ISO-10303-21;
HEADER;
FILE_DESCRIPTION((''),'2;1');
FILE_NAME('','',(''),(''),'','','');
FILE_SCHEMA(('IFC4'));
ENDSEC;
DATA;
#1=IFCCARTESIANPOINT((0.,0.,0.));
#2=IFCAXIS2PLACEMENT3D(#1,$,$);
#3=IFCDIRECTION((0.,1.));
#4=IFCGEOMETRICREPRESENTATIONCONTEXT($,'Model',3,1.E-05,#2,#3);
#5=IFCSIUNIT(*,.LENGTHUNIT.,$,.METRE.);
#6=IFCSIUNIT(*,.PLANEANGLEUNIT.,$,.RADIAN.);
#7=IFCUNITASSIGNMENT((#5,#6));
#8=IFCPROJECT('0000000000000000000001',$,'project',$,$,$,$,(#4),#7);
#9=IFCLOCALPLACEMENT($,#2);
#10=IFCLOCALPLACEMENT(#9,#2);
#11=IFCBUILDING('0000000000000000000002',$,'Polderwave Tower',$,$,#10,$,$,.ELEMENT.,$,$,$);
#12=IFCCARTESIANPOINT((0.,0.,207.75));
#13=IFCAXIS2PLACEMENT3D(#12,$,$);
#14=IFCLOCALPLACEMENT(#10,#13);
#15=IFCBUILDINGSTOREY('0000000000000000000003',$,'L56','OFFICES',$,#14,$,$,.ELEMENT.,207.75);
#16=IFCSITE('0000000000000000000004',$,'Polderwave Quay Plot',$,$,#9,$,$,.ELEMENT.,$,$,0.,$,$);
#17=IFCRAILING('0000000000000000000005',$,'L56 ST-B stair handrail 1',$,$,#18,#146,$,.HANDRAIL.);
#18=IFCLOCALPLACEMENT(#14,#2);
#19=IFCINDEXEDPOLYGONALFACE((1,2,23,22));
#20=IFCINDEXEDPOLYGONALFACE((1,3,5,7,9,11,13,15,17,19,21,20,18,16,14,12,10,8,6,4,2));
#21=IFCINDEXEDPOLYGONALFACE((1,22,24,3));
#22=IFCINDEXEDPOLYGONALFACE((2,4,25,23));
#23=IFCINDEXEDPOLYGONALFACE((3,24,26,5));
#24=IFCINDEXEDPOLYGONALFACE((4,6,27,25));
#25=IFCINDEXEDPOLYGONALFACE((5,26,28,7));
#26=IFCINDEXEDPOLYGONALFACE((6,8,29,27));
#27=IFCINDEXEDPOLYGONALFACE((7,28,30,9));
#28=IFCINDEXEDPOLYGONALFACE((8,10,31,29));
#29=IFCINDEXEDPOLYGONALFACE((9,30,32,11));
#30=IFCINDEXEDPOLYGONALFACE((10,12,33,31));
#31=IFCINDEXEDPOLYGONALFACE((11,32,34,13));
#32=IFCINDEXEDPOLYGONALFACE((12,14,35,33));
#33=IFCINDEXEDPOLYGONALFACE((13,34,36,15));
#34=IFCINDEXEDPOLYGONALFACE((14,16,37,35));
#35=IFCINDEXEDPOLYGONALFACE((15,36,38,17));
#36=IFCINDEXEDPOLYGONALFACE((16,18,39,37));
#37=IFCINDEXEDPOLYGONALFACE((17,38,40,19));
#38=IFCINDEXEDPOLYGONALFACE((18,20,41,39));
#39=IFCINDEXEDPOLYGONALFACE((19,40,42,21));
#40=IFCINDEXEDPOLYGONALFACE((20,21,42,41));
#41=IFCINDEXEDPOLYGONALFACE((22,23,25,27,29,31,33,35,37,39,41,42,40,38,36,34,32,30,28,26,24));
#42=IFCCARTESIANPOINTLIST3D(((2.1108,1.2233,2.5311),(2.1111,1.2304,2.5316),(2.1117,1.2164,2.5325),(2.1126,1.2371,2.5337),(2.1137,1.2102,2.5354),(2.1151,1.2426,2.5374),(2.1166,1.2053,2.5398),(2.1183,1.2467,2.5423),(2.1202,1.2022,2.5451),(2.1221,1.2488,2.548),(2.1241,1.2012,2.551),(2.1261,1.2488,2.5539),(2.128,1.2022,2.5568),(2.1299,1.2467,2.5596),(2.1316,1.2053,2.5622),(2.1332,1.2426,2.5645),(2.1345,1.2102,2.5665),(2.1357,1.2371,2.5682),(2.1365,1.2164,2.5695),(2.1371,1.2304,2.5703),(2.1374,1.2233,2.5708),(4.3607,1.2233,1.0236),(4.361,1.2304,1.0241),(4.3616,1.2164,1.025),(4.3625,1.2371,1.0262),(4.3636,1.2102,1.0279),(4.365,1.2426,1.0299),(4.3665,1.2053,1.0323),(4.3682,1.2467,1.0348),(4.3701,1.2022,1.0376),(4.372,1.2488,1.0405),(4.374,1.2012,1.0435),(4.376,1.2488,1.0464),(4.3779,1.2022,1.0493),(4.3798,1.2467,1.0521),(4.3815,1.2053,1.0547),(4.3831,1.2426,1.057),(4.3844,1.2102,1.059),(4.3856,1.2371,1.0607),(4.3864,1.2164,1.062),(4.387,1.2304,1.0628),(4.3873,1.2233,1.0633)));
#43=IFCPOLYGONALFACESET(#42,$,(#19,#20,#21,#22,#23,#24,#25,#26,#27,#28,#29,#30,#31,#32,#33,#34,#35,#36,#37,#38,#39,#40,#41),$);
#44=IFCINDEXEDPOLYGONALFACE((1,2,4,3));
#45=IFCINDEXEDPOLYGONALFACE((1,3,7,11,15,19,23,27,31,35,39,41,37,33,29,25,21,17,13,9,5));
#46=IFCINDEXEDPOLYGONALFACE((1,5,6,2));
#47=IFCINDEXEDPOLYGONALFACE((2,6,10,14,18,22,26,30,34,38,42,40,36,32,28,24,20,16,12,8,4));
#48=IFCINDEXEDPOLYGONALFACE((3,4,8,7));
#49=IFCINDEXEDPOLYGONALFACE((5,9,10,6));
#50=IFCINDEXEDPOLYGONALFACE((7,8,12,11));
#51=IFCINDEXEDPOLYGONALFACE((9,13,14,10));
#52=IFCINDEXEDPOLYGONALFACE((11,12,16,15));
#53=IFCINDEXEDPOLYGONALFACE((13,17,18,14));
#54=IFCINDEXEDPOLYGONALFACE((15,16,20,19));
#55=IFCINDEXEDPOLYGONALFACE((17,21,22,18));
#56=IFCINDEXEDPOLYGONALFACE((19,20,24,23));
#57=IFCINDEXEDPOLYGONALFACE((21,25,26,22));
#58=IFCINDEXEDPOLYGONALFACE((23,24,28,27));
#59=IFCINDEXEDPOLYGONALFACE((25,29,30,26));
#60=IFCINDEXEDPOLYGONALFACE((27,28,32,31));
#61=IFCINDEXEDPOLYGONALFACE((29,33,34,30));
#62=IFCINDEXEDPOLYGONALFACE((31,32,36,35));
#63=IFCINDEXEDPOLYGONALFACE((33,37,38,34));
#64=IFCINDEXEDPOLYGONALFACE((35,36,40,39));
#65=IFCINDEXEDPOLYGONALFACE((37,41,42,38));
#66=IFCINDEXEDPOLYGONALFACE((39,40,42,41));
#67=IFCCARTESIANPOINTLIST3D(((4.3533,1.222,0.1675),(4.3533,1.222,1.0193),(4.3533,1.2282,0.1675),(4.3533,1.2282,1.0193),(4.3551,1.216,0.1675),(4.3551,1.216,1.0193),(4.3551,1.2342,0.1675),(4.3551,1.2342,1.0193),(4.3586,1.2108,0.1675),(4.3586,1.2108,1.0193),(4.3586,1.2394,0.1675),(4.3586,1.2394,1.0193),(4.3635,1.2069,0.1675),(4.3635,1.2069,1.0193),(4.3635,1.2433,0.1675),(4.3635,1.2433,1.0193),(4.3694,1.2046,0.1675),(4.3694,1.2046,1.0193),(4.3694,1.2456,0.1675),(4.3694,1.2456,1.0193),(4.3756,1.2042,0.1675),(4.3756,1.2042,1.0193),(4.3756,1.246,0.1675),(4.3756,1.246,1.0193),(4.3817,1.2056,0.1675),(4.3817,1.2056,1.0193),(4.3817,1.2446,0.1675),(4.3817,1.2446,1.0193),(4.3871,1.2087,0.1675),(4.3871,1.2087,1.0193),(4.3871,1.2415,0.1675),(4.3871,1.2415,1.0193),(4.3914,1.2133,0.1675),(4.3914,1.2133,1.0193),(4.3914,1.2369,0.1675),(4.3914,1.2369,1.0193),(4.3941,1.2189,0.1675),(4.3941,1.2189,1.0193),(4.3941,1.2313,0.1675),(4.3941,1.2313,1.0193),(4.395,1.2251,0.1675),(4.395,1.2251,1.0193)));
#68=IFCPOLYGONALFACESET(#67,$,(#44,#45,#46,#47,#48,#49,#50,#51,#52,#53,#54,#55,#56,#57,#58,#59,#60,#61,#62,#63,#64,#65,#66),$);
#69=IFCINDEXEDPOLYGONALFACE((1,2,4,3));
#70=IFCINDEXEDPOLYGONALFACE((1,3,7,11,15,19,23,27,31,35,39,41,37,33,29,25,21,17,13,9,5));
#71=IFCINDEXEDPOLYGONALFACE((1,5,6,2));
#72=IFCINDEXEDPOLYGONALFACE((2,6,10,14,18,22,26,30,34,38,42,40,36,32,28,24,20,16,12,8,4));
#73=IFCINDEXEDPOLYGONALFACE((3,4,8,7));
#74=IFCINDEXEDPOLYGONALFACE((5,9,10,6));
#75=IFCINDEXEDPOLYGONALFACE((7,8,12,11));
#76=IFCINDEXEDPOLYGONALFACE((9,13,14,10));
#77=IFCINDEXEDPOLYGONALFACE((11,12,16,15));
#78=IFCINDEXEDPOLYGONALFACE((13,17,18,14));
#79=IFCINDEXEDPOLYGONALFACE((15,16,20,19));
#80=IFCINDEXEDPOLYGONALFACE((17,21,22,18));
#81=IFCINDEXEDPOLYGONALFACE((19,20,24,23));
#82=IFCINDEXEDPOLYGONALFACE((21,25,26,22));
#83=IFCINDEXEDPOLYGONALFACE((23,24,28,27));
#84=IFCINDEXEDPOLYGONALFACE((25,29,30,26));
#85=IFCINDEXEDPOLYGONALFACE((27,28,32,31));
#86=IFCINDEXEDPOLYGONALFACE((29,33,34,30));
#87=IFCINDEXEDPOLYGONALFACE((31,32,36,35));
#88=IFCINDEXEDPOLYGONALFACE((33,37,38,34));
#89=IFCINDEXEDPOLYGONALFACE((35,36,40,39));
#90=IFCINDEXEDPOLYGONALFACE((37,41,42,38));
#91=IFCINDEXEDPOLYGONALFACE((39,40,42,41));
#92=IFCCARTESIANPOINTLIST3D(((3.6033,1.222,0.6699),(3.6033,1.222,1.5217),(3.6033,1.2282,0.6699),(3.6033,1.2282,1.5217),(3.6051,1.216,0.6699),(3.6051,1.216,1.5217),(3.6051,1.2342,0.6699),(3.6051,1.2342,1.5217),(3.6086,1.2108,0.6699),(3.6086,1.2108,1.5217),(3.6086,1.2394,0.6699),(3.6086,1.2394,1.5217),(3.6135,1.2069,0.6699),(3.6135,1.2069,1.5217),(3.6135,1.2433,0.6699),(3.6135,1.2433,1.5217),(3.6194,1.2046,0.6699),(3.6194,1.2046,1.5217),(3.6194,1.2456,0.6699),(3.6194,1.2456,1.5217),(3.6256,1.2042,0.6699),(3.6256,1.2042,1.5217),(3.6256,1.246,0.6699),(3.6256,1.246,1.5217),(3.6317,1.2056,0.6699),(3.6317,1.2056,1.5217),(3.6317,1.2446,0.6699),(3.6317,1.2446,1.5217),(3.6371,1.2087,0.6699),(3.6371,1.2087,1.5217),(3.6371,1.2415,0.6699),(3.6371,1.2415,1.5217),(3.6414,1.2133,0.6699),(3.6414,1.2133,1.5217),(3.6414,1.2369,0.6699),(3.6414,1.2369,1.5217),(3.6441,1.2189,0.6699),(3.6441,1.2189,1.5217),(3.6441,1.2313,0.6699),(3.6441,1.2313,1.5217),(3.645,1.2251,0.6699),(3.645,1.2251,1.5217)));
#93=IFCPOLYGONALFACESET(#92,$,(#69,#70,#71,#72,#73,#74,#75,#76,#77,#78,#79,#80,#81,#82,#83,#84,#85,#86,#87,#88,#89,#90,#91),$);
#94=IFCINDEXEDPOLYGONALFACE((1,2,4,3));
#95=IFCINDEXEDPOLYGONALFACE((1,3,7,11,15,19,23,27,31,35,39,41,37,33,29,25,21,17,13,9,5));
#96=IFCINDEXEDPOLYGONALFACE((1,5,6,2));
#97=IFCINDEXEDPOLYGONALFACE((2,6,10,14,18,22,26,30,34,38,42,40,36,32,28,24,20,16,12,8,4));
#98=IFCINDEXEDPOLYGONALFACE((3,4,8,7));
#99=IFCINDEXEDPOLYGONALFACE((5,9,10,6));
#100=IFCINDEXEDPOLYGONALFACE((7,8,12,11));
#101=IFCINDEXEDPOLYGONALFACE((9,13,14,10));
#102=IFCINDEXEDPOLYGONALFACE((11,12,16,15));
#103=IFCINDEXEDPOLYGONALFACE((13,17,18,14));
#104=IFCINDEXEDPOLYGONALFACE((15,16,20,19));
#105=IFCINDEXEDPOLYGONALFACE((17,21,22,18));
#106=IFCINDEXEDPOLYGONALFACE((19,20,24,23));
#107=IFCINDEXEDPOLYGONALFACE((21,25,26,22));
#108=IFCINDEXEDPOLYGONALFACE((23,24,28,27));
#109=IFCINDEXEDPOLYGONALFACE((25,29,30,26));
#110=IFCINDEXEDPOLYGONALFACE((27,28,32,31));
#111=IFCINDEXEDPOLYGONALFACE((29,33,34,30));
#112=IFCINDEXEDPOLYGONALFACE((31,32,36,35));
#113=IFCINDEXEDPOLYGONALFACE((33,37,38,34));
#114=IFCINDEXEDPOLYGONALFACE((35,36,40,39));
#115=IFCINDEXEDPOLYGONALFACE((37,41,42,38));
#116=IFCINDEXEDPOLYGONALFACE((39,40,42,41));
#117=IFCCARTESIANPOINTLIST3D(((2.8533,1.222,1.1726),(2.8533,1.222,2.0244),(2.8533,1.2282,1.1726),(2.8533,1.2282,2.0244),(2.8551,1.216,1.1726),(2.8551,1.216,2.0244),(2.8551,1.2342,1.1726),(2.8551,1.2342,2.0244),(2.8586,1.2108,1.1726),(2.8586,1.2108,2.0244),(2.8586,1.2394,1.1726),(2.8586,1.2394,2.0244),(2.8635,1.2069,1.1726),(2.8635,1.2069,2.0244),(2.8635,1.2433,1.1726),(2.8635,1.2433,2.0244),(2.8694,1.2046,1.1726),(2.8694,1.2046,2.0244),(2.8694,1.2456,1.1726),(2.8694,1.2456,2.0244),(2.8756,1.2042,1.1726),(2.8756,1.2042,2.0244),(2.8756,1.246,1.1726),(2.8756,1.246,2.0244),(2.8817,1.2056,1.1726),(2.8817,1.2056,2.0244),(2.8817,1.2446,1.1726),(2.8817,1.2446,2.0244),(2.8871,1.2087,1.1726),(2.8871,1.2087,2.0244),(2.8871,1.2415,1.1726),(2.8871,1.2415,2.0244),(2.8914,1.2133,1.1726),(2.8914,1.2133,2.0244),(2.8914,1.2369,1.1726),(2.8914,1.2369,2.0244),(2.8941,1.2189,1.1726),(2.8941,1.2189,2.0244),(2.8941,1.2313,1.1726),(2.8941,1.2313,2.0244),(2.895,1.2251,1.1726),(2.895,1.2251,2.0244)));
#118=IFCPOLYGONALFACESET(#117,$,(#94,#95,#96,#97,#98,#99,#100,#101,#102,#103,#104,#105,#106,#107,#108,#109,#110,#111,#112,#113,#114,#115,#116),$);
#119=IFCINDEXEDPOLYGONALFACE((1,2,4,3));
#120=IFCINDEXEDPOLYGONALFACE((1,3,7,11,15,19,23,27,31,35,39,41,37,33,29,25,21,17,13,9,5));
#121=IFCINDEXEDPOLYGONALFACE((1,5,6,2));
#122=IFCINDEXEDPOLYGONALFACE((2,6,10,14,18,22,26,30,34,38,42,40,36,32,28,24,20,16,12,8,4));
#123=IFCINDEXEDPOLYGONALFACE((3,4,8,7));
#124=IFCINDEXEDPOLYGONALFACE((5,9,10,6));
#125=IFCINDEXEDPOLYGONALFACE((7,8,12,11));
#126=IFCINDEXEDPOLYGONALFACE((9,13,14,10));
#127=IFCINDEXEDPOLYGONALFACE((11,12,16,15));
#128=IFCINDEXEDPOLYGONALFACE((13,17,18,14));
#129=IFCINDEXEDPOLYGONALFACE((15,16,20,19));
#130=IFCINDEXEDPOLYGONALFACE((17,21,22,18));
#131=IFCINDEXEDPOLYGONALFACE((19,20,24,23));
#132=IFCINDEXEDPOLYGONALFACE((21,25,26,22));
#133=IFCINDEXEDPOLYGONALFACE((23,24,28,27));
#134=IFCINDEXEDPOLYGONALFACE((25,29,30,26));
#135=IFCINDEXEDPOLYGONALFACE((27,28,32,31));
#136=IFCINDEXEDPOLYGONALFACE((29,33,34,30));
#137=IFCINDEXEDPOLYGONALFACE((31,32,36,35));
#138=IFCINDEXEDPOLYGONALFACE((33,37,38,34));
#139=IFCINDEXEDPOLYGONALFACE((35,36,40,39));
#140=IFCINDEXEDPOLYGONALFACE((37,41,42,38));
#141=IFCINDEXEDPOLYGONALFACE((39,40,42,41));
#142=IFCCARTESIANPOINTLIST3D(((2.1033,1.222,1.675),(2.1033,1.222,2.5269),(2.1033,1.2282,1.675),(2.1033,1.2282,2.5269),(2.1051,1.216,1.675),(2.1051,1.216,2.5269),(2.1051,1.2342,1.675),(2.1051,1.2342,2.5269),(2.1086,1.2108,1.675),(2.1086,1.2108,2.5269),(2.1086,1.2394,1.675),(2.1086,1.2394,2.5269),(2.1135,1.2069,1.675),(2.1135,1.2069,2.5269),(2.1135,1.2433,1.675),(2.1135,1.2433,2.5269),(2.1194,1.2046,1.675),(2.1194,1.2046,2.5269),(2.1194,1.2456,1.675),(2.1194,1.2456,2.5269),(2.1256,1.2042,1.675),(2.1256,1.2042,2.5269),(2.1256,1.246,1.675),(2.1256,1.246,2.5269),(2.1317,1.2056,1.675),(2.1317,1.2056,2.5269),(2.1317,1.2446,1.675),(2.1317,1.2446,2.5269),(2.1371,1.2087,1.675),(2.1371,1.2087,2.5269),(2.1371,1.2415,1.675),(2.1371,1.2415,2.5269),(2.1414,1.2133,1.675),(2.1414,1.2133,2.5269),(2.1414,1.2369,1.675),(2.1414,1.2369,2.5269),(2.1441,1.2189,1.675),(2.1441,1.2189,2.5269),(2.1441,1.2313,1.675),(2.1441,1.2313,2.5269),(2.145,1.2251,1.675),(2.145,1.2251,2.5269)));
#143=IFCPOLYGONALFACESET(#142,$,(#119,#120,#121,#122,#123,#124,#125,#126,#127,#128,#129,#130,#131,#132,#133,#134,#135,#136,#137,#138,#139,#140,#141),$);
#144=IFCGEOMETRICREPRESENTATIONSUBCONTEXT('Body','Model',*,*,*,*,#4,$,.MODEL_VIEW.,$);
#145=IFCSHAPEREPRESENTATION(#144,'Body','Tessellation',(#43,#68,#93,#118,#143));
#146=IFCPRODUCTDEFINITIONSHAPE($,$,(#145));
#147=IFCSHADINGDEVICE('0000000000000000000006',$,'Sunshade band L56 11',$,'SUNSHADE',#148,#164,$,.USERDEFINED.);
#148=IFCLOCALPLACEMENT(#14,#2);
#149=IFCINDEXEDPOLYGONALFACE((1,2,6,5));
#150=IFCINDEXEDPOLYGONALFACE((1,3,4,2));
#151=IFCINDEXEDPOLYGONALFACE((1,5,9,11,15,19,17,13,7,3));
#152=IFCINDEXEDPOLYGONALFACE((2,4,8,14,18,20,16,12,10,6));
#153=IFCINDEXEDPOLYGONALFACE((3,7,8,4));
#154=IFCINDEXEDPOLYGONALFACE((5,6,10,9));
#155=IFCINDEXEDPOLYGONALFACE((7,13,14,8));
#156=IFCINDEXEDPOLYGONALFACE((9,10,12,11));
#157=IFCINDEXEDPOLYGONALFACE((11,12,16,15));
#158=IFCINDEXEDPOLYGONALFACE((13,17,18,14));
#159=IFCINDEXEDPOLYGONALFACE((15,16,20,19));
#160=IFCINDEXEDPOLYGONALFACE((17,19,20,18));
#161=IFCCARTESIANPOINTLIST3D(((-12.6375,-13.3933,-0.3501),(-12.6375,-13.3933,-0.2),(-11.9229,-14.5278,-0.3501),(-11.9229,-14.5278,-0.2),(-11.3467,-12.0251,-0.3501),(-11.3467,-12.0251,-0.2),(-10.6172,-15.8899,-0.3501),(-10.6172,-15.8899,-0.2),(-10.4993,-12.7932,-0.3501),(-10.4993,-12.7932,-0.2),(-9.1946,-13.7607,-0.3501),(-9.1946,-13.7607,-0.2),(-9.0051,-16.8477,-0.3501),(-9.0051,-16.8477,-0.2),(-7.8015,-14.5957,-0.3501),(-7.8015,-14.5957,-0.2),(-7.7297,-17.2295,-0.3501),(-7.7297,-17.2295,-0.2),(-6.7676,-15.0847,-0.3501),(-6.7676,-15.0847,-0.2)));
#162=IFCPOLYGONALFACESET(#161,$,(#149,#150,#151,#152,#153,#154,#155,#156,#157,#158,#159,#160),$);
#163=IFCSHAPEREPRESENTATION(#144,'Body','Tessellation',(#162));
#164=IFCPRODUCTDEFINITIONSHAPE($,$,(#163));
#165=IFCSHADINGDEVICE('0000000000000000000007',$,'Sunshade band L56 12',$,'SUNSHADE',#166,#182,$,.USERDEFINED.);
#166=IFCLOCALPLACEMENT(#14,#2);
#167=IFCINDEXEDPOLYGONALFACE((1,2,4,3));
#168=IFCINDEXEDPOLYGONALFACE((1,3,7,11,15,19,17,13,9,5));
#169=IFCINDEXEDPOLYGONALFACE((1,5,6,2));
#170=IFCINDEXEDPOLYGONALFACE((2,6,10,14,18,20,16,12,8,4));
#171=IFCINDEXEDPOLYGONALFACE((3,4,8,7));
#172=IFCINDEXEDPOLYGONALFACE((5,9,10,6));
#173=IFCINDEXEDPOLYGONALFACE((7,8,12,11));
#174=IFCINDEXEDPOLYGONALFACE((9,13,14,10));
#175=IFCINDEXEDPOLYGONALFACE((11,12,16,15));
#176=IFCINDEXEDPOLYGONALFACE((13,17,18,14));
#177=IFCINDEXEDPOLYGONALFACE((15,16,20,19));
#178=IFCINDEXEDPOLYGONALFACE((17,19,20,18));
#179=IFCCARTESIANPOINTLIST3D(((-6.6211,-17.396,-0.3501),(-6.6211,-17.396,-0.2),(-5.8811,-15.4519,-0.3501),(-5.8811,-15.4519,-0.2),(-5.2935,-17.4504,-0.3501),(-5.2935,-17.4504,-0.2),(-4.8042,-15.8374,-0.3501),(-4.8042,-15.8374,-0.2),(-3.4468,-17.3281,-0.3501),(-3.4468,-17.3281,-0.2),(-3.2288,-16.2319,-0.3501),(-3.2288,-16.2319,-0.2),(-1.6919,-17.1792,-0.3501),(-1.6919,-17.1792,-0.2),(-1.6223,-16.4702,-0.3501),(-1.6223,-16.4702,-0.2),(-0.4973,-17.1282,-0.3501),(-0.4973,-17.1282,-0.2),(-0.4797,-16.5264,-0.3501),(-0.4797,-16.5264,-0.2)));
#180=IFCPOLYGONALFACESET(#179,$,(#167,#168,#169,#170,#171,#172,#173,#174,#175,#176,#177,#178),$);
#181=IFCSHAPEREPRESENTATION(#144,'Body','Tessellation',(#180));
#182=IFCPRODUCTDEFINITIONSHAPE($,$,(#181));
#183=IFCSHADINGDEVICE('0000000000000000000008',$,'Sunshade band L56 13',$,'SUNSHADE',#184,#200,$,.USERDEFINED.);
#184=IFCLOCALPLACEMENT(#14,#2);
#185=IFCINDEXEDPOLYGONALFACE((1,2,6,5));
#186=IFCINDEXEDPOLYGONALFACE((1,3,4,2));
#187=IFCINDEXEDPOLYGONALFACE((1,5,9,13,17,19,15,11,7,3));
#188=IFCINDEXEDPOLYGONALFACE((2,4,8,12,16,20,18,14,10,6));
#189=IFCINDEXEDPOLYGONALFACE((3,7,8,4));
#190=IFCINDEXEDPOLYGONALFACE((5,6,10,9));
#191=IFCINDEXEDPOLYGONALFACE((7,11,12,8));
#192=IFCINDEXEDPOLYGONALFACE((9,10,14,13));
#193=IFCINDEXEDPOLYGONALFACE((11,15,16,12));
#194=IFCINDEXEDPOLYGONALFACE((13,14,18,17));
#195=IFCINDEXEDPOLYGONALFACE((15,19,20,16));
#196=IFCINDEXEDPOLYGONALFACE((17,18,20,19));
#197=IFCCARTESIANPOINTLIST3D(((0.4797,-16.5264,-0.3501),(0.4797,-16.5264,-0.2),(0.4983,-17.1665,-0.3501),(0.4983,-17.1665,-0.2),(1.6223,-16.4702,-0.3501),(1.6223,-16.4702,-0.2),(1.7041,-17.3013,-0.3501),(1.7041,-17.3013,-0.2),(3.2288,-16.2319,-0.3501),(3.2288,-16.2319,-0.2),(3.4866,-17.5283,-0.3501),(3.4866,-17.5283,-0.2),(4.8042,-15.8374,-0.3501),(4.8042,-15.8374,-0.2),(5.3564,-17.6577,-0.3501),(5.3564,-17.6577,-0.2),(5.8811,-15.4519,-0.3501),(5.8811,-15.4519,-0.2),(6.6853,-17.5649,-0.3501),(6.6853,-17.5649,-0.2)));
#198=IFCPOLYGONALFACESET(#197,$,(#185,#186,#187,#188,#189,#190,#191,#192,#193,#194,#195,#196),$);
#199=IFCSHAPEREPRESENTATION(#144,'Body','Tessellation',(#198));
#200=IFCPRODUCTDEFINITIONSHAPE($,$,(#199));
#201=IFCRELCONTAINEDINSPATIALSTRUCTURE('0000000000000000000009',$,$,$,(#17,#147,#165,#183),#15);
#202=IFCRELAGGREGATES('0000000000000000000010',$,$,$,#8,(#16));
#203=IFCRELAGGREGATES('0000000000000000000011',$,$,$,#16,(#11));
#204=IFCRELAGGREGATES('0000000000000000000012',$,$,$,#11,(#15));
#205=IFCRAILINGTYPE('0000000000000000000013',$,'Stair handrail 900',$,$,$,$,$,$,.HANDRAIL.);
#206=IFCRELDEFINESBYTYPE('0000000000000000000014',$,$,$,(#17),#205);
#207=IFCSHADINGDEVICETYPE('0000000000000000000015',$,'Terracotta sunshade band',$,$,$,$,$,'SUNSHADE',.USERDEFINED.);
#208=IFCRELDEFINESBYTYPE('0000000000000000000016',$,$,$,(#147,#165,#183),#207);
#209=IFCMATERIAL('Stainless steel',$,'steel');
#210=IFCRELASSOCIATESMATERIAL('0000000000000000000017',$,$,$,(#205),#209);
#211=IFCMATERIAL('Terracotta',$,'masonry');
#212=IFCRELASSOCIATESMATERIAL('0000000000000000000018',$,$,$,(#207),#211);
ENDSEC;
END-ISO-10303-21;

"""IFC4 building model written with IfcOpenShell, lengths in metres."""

from ifc_helpers import new_model, si_unit, direction, frame, origin, origin_2d, place, context, subcontext, project, spatial, polyline, circle, outline, extrude, material, type_object, element, save


model = new_model("IFC4")

# Units and contexts
model_context = context("Model", 3, precision=1e-05, world=origin(), true_north=direction((0.0, 1.0)))
body_context = subcontext(model_context, "Body", "Model", "MODEL_VIEW")
ifc_project = project(units=[si_unit("LENGTHUNIT", "METRE"), si_unit("PLANEANGLEUNIT", "RADIAN")], contexts=[model_context])

# Site, building, storey
site_placement = place(None, origin())
site = spatial("IfcSite", under=ifc_project, at=site_placement, Name="Polderwave Quay Plot", CompositionType="ELEMENT", RefElevation=0.0)
building_placement = place(site_placement, origin())
building = spatial("IfcBuilding", under=site, at=building_placement, Name="Polderwave Tower", CompositionType="ELEMENT")
storey_placement = place(building_placement, frame((0.0, 0.0, 207.75)))
storey = spatial("IfcBuildingStorey", under=building, at=storey_placement, Name="L56", Description="OFFICES", CompositionType="ELEMENT", Elevation=207.75)

# Railing
ifc_material_1 = material(Name="Stainless steel", Category="steel")
railing_type_1 = type_object("IfcRailingType", Name="Stair handrail 900", PredefinedType="HANDRAIL", material=ifc_material_1)
railing_1_placement = place(storey_placement, frame((4.374, 1.2251, 0.1675)))
element("IfcRailing", 1, at=railing_1_placement, inside=storey, type_object=railing_type_1, Name="L56 ST-B stair handrail 1", PredefinedType="HANDRAIL", context=body_context, shape_type="SweptSolid", body=[
    extrude(circle(Radius=0.0239, at=origin_2d()), frame((0.0, 0.0, 0.876), z_axis=(-0.830758, 0.0, 0.556633), x_axis=(0.0, -1.0, 0.0)), (0.0, 0.0, 1.0), 2.7083),
    extrude(circle(Radius=0.021, at=origin_2d()), origin(), (0.0, 0.0, 1.0), 0.8518),
    extrude(circle(Radius=0.021, at=origin_2d()), frame((-0.75, 0.0, 0.5024)), (0.0, 0.0, 1.0), 0.8518),
    extrude(circle(Radius=0.021, at=origin_2d()), frame((-1.5, 0.0, 1.0051)), (0.0, 0.0, 1.0), 0.8518),
    extrude(circle(Radius=0.021, at=origin_2d()), frame((-2.25, 0.0, 1.5076)), (0.0, 0.0, 1.0), 0.8518),
])

# Shading devices
ifc_material_2 = material(Name="Terracotta", Category="masonry")
shading_device_type = type_object("IfcShadingDeviceType", Name="Terracotta sunshade band", ElementType="SUNSHADE", PredefinedType="USERDEFINED", material=ifc_material_2)
shading_device_1_placement = place(storey_placement, frame((0.0, 0.0, -0.3501)))
element("IfcShadingDevice", 2, at=shading_device_1_placement, inside=storey, type_object=shading_device_type, Name="Sunshade band L56 11", ObjectType="SUNSHADE", PredefinedType="USERDEFINED", context=body_context, shape_type="SweptSolid", body=[
    extrude(outline(polyline([(-11.3467, -12.0251), (-10.4993, -12.7932), (-9.1946, -13.7607), (-7.8015, -14.5957), (-6.7676, -15.0847), (-7.7297, -17.2295), (-9.0051, -16.8477), (-10.6172, -15.8899), (-11.9229, -14.5278), (-12.6375, -13.3933), (-11.3467, -12.0251)])), origin(), (0.0, 0.0, 1.0), 0.1501),
])
shading_device_2_placement = place(storey_placement, frame((0.0, 0.0, -0.3501)))
element("IfcShadingDevice", 3, at=shading_device_2_placement, inside=storey, type_object=shading_device_type, Name="Sunshade band L56 12", ObjectType="SUNSHADE", PredefinedType="USERDEFINED", context=body_context, shape_type="SweptSolid", body=[
    extrude(outline(polyline([(-5.8811, -15.4519), (-4.8042, -15.8374), (-3.2288, -16.2319), (-1.6223, -16.4702), (-0.4797, -16.5264), (-0.4973, -17.1282), (-1.6919, -17.1792), (-3.4468, -17.3281), (-5.2935, -17.4504), (-6.6211, -17.396), (-5.8811, -15.4519)])), origin(), (0.0, 0.0, 1.0), 0.1501),
])
shading_device_3_placement = place(storey_placement, frame((0.0, 0.0, -0.3501)))
element("IfcShadingDevice", 4, at=shading_device_3_placement, inside=storey, type_object=shading_device_type, Name="Sunshade band L56 13", ObjectType="SUNSHADE", PredefinedType="USERDEFINED", context=body_context, shape_type="SweptSolid", body=[
    extrude(outline(polyline([(0.4797, -16.5264), (1.6223, -16.4702), (3.2288, -16.2319), (4.8042, -15.8374), (5.8811, -15.4519), (6.6853, -17.5649), (5.3564, -17.6577), (3.4866, -17.5283), (1.7041, -17.3013), (0.4983, -17.1665), (0.4797, -16.5264)])), origin(), (0.0, 0.0, 1.0), 0.1501),
])

save(model, "model.ifc")
